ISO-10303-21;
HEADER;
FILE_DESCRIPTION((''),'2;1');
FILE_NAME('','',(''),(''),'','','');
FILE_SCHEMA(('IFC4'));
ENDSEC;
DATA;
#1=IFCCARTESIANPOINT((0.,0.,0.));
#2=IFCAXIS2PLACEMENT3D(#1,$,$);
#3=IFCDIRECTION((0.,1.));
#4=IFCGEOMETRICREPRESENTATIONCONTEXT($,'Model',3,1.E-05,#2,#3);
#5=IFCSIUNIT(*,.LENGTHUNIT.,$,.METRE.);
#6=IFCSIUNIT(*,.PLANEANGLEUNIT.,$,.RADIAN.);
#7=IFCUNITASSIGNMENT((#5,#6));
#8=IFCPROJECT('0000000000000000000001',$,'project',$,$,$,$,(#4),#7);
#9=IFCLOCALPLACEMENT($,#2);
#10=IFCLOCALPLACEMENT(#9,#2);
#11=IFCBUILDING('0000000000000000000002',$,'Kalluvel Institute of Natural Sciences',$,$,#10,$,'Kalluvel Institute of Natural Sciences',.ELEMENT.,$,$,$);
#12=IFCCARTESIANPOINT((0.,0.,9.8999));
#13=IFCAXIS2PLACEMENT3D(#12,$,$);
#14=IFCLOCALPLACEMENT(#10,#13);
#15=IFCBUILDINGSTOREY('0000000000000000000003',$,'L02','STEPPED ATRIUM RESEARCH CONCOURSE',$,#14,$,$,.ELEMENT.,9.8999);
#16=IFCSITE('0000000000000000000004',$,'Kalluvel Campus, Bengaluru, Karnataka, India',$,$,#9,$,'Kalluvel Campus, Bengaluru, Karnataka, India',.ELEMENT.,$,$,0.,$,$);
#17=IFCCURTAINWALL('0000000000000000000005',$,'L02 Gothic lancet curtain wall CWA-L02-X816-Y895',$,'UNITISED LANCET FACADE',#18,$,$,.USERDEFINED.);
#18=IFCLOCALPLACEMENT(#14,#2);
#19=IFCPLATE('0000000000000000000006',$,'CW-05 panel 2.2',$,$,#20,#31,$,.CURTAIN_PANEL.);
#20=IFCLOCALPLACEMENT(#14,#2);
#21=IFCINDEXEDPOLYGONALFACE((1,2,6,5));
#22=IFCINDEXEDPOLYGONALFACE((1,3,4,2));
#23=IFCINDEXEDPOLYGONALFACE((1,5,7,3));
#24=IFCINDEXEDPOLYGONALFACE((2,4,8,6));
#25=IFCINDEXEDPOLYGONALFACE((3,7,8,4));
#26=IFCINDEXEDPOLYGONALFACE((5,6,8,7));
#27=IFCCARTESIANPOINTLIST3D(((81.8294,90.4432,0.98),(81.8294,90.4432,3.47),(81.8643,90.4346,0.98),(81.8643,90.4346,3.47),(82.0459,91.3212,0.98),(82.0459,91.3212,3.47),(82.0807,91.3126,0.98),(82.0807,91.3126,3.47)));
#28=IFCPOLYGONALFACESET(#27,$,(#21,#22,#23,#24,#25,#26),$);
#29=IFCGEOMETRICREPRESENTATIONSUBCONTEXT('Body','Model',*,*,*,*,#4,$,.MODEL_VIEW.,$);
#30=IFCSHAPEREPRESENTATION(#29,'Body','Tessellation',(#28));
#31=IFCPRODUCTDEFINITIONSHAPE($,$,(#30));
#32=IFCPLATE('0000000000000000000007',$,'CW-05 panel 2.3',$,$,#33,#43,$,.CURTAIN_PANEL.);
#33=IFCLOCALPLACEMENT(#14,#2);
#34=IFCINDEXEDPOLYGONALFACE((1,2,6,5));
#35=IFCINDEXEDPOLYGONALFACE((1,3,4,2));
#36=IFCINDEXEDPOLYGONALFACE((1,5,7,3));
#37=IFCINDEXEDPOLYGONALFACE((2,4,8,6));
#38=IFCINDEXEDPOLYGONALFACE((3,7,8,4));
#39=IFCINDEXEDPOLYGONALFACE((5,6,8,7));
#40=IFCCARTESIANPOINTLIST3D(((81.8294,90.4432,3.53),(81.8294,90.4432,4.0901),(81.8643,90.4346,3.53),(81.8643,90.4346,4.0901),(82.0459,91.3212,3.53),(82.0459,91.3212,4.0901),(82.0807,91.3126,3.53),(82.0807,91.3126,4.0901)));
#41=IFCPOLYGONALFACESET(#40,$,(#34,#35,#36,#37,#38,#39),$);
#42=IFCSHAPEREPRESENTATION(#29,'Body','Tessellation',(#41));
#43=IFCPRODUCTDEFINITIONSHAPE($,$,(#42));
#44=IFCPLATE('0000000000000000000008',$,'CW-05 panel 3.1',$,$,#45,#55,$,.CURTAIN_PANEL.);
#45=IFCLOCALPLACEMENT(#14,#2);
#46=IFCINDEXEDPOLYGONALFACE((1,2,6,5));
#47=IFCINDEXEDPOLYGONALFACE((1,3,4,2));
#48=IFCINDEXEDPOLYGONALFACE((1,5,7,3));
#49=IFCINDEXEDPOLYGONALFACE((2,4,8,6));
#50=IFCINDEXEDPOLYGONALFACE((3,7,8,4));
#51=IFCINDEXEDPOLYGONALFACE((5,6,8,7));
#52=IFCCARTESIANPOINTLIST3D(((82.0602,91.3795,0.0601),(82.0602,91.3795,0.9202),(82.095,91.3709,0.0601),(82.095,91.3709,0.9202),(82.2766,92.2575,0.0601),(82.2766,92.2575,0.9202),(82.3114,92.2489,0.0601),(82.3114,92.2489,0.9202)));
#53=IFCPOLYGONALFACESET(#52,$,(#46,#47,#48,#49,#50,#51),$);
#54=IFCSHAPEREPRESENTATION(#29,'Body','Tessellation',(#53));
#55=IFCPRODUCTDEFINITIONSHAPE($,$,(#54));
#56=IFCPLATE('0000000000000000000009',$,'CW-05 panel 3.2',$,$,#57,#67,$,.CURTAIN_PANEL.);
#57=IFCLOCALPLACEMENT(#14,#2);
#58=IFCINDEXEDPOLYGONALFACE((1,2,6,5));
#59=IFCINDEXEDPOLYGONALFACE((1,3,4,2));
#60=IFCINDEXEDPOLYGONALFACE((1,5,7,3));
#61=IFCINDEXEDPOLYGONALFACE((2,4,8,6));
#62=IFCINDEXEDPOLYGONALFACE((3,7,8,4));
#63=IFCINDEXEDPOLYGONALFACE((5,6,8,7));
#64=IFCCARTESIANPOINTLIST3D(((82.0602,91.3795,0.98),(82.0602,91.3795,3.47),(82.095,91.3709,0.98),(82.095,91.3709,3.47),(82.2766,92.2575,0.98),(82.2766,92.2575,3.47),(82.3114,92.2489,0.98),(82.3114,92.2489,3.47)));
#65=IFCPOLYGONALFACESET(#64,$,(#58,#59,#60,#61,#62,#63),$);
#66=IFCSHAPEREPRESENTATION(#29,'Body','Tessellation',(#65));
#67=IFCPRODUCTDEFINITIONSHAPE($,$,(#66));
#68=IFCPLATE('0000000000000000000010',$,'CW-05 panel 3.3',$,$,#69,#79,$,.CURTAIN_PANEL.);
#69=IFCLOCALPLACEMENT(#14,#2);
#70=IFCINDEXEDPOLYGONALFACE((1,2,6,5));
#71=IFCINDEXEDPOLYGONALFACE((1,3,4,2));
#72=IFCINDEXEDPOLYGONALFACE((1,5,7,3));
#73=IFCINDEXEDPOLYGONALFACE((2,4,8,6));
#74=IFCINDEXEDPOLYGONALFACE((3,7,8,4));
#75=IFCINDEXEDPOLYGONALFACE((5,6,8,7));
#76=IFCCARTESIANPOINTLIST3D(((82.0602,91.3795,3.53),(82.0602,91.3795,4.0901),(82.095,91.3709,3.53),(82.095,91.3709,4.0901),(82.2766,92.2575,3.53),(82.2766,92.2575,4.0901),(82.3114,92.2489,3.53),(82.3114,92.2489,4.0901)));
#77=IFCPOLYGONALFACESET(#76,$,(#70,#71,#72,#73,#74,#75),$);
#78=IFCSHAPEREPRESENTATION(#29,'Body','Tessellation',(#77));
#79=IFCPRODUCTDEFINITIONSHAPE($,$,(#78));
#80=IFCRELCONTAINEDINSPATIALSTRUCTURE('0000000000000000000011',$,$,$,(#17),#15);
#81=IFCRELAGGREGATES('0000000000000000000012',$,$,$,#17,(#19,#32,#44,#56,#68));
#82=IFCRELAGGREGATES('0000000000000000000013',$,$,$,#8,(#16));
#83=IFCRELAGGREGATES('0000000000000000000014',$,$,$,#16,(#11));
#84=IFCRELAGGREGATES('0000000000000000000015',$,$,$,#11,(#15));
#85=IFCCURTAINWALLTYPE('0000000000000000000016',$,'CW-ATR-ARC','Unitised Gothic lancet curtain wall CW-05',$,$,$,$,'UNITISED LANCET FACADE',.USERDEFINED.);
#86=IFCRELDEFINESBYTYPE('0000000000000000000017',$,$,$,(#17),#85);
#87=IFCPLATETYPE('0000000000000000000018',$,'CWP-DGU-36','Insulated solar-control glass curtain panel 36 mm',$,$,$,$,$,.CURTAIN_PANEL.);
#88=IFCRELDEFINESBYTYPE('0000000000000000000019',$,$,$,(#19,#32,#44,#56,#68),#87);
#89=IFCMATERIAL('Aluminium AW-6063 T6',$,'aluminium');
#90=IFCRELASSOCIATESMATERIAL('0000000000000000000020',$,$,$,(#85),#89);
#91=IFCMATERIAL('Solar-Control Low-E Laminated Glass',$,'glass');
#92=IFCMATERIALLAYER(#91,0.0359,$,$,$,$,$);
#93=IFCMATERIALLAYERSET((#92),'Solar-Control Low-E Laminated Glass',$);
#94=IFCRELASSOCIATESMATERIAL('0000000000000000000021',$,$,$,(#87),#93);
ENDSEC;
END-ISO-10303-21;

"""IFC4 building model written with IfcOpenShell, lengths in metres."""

from ifc_helpers import new_model, si_unit, direction, frame, origin, origin_2d, place, context, subcontext, project, spatial, rectangle, extrude, material, layer, layer_set, type_object, element, aggregate, save


model = new_model("IFC4")

# Units and contexts
model_context = context("Model", 3, precision=1e-05, world=origin(), true_north=direction((0.0, 1.0)))
body_context = subcontext(model_context, "Body", "Model", "MODEL_VIEW")
ifc_project = project(units=[si_unit("LENGTHUNIT", "METRE"), si_unit("PLANEANGLEUNIT", "RADIAN")], contexts=[model_context])

# Site, building, storey
site_placement = place(None, origin())
site = spatial("IfcSite", under=ifc_project, at=site_placement, Name="Kalluvel Campus, Bengaluru, Karnataka, India", LongName="Kalluvel Campus, Bengaluru, Karnataka, India", CompositionType="ELEMENT", RefElevation=0.0)
building_placement = place(site_placement, origin())
building = spatial("IfcBuilding", under=site, at=building_placement, Name="Kalluvel Institute of Natural Sciences", LongName="Kalluvel Institute of Natural Sciences", CompositionType="ELEMENT")
storey_placement = place(building_placement, frame((0.0, 0.0, 9.8999)))
storey = spatial("IfcBuildingStorey", under=building, at=storey_placement, Name="L02", Description="STEPPED ATRIUM RESEARCH CONCOURSE", CompositionType="ELEMENT", Elevation=9.8999)

# Shared definitions
ifc_material_1 = material(Name="Aluminium AW-6063 T6", Category="aluminium")
curtain_wall_type = type_object("IfcCurtainWallType", Name="CW-ATR-ARC", Description="Unitised Gothic lancet curtain wall CW-05", ElementType="UNITISED LANCET FACADE", PredefinedType="USERDEFINED", material=ifc_material_1)

# Curtain wall
curtain_wall_1_placement = place(storey_placement, origin())
curtain_wall_1 = element("IfcCurtainWall", 1, at=curtain_wall_1_placement, inside=storey, type_object=curtain_wall_type, Name="L02 Gothic lancet curtain wall CWA-L02-X816-Y895", ObjectType="UNITISED LANCET FACADE", PredefinedType="USERDEFINED")

# Plates
ifc_material_2 = material(Name="Solar-Control Low-E Laminated Glass", Category="glass")
ifc_layer = layer(ifc_material_2, 0.0359)
ifc_layer_set = layer_set([ifc_layer], Name="Solar-Control Low-E Laminated Glass")
plate_type = type_object("IfcPlateType", Name="CWP-DGU-36", Description="Insulated solar-control glass curtain panel 36 mm", PredefinedType="CURTAIN_PANEL", material=ifc_layer_set)
plate_1_placement = place(storey_placement, frame((81.9551, 90.8779, 0.98), z_axis=(0.0, 0.0, 1.0), x_axis=(0.239326, 0.970939, 0.0)))
plate_1 = element("IfcPlate", 2, at=plate_1_placement, type_object=plate_type, Name="CW-05 panel 2.2", PredefinedType="CURTAIN_PANEL", context=body_context, shape_type="SweptSolid", body=[
    extrude(rectangle(XDim=0.9043, YDim=0.0359, at=origin_2d()), origin(), (0.0, 0.0, 1.0), 2.49),
])
plate_2_placement = place(storey_placement, frame((81.9551, 90.8779, 3.53), z_axis=(0.0, 0.0, 1.0), x_axis=(0.239326, 0.970939, 0.0)))
plate_2 = element("IfcPlate", 3, at=plate_2_placement, type_object=plate_type, Name="CW-05 panel 2.3", PredefinedType="CURTAIN_PANEL", context=body_context, shape_type="SweptSolid", body=[
    extrude(rectangle(XDim=0.9043, YDim=0.0359, at=origin_2d()), origin(), (0.0, 0.0, 1.0), 0.5601),
])
plate_3_placement = place(storey_placement, frame((82.1858, 91.8142, 0.0601), z_axis=(0.0, 0.0, 1.0), x_axis=(0.239326, 0.970939, 0.0)))
plate_3 = element("IfcPlate", 4, at=plate_3_placement, type_object=plate_type, Name="CW-05 panel 3.1", PredefinedType="CURTAIN_PANEL", context=body_context, shape_type="SweptSolid", body=[
    extrude(rectangle(XDim=0.9043, YDim=0.0359, at=origin_2d()), origin(), (0.0, 0.0, 1.0), 0.8601),
])
plate_4_placement = place(storey_placement, frame((82.1858, 91.8142, 0.98), z_axis=(0.0, 0.0, 1.0), x_axis=(0.239326, 0.970939, 0.0)))
plate_4 = element("IfcPlate", 5, at=plate_4_placement, type_object=plate_type, Name="CW-05 panel 3.2", PredefinedType="CURTAIN_PANEL", context=body_context, shape_type="SweptSolid", body=[
    extrude(rectangle(XDim=0.9043, YDim=0.0359, at=origin_2d()), origin(), (0.0, 0.0, 1.0), 2.49),
])
plate_5_placement = place(storey_placement, frame((82.1858, 91.8142, 3.53), z_axis=(0.0, 0.0, 1.0), x_axis=(0.239326, 0.970939, 0.0)))
plate_5 = element("IfcPlate", 6, at=plate_5_placement, type_object=plate_type, Name="CW-05 panel 3.3", PredefinedType="CURTAIN_PANEL", context=body_context, shape_type="SweptSolid", body=[
    extrude(rectangle(XDim=0.9043, YDim=0.0359, at=origin_2d()), origin(), (0.0, 0.0, 1.0), 0.5601),
])
aggregate(curtain_wall_1, [plate_1, plate_2, plate_3, plate_4, plate_5])

save(model, "model.ifc")
